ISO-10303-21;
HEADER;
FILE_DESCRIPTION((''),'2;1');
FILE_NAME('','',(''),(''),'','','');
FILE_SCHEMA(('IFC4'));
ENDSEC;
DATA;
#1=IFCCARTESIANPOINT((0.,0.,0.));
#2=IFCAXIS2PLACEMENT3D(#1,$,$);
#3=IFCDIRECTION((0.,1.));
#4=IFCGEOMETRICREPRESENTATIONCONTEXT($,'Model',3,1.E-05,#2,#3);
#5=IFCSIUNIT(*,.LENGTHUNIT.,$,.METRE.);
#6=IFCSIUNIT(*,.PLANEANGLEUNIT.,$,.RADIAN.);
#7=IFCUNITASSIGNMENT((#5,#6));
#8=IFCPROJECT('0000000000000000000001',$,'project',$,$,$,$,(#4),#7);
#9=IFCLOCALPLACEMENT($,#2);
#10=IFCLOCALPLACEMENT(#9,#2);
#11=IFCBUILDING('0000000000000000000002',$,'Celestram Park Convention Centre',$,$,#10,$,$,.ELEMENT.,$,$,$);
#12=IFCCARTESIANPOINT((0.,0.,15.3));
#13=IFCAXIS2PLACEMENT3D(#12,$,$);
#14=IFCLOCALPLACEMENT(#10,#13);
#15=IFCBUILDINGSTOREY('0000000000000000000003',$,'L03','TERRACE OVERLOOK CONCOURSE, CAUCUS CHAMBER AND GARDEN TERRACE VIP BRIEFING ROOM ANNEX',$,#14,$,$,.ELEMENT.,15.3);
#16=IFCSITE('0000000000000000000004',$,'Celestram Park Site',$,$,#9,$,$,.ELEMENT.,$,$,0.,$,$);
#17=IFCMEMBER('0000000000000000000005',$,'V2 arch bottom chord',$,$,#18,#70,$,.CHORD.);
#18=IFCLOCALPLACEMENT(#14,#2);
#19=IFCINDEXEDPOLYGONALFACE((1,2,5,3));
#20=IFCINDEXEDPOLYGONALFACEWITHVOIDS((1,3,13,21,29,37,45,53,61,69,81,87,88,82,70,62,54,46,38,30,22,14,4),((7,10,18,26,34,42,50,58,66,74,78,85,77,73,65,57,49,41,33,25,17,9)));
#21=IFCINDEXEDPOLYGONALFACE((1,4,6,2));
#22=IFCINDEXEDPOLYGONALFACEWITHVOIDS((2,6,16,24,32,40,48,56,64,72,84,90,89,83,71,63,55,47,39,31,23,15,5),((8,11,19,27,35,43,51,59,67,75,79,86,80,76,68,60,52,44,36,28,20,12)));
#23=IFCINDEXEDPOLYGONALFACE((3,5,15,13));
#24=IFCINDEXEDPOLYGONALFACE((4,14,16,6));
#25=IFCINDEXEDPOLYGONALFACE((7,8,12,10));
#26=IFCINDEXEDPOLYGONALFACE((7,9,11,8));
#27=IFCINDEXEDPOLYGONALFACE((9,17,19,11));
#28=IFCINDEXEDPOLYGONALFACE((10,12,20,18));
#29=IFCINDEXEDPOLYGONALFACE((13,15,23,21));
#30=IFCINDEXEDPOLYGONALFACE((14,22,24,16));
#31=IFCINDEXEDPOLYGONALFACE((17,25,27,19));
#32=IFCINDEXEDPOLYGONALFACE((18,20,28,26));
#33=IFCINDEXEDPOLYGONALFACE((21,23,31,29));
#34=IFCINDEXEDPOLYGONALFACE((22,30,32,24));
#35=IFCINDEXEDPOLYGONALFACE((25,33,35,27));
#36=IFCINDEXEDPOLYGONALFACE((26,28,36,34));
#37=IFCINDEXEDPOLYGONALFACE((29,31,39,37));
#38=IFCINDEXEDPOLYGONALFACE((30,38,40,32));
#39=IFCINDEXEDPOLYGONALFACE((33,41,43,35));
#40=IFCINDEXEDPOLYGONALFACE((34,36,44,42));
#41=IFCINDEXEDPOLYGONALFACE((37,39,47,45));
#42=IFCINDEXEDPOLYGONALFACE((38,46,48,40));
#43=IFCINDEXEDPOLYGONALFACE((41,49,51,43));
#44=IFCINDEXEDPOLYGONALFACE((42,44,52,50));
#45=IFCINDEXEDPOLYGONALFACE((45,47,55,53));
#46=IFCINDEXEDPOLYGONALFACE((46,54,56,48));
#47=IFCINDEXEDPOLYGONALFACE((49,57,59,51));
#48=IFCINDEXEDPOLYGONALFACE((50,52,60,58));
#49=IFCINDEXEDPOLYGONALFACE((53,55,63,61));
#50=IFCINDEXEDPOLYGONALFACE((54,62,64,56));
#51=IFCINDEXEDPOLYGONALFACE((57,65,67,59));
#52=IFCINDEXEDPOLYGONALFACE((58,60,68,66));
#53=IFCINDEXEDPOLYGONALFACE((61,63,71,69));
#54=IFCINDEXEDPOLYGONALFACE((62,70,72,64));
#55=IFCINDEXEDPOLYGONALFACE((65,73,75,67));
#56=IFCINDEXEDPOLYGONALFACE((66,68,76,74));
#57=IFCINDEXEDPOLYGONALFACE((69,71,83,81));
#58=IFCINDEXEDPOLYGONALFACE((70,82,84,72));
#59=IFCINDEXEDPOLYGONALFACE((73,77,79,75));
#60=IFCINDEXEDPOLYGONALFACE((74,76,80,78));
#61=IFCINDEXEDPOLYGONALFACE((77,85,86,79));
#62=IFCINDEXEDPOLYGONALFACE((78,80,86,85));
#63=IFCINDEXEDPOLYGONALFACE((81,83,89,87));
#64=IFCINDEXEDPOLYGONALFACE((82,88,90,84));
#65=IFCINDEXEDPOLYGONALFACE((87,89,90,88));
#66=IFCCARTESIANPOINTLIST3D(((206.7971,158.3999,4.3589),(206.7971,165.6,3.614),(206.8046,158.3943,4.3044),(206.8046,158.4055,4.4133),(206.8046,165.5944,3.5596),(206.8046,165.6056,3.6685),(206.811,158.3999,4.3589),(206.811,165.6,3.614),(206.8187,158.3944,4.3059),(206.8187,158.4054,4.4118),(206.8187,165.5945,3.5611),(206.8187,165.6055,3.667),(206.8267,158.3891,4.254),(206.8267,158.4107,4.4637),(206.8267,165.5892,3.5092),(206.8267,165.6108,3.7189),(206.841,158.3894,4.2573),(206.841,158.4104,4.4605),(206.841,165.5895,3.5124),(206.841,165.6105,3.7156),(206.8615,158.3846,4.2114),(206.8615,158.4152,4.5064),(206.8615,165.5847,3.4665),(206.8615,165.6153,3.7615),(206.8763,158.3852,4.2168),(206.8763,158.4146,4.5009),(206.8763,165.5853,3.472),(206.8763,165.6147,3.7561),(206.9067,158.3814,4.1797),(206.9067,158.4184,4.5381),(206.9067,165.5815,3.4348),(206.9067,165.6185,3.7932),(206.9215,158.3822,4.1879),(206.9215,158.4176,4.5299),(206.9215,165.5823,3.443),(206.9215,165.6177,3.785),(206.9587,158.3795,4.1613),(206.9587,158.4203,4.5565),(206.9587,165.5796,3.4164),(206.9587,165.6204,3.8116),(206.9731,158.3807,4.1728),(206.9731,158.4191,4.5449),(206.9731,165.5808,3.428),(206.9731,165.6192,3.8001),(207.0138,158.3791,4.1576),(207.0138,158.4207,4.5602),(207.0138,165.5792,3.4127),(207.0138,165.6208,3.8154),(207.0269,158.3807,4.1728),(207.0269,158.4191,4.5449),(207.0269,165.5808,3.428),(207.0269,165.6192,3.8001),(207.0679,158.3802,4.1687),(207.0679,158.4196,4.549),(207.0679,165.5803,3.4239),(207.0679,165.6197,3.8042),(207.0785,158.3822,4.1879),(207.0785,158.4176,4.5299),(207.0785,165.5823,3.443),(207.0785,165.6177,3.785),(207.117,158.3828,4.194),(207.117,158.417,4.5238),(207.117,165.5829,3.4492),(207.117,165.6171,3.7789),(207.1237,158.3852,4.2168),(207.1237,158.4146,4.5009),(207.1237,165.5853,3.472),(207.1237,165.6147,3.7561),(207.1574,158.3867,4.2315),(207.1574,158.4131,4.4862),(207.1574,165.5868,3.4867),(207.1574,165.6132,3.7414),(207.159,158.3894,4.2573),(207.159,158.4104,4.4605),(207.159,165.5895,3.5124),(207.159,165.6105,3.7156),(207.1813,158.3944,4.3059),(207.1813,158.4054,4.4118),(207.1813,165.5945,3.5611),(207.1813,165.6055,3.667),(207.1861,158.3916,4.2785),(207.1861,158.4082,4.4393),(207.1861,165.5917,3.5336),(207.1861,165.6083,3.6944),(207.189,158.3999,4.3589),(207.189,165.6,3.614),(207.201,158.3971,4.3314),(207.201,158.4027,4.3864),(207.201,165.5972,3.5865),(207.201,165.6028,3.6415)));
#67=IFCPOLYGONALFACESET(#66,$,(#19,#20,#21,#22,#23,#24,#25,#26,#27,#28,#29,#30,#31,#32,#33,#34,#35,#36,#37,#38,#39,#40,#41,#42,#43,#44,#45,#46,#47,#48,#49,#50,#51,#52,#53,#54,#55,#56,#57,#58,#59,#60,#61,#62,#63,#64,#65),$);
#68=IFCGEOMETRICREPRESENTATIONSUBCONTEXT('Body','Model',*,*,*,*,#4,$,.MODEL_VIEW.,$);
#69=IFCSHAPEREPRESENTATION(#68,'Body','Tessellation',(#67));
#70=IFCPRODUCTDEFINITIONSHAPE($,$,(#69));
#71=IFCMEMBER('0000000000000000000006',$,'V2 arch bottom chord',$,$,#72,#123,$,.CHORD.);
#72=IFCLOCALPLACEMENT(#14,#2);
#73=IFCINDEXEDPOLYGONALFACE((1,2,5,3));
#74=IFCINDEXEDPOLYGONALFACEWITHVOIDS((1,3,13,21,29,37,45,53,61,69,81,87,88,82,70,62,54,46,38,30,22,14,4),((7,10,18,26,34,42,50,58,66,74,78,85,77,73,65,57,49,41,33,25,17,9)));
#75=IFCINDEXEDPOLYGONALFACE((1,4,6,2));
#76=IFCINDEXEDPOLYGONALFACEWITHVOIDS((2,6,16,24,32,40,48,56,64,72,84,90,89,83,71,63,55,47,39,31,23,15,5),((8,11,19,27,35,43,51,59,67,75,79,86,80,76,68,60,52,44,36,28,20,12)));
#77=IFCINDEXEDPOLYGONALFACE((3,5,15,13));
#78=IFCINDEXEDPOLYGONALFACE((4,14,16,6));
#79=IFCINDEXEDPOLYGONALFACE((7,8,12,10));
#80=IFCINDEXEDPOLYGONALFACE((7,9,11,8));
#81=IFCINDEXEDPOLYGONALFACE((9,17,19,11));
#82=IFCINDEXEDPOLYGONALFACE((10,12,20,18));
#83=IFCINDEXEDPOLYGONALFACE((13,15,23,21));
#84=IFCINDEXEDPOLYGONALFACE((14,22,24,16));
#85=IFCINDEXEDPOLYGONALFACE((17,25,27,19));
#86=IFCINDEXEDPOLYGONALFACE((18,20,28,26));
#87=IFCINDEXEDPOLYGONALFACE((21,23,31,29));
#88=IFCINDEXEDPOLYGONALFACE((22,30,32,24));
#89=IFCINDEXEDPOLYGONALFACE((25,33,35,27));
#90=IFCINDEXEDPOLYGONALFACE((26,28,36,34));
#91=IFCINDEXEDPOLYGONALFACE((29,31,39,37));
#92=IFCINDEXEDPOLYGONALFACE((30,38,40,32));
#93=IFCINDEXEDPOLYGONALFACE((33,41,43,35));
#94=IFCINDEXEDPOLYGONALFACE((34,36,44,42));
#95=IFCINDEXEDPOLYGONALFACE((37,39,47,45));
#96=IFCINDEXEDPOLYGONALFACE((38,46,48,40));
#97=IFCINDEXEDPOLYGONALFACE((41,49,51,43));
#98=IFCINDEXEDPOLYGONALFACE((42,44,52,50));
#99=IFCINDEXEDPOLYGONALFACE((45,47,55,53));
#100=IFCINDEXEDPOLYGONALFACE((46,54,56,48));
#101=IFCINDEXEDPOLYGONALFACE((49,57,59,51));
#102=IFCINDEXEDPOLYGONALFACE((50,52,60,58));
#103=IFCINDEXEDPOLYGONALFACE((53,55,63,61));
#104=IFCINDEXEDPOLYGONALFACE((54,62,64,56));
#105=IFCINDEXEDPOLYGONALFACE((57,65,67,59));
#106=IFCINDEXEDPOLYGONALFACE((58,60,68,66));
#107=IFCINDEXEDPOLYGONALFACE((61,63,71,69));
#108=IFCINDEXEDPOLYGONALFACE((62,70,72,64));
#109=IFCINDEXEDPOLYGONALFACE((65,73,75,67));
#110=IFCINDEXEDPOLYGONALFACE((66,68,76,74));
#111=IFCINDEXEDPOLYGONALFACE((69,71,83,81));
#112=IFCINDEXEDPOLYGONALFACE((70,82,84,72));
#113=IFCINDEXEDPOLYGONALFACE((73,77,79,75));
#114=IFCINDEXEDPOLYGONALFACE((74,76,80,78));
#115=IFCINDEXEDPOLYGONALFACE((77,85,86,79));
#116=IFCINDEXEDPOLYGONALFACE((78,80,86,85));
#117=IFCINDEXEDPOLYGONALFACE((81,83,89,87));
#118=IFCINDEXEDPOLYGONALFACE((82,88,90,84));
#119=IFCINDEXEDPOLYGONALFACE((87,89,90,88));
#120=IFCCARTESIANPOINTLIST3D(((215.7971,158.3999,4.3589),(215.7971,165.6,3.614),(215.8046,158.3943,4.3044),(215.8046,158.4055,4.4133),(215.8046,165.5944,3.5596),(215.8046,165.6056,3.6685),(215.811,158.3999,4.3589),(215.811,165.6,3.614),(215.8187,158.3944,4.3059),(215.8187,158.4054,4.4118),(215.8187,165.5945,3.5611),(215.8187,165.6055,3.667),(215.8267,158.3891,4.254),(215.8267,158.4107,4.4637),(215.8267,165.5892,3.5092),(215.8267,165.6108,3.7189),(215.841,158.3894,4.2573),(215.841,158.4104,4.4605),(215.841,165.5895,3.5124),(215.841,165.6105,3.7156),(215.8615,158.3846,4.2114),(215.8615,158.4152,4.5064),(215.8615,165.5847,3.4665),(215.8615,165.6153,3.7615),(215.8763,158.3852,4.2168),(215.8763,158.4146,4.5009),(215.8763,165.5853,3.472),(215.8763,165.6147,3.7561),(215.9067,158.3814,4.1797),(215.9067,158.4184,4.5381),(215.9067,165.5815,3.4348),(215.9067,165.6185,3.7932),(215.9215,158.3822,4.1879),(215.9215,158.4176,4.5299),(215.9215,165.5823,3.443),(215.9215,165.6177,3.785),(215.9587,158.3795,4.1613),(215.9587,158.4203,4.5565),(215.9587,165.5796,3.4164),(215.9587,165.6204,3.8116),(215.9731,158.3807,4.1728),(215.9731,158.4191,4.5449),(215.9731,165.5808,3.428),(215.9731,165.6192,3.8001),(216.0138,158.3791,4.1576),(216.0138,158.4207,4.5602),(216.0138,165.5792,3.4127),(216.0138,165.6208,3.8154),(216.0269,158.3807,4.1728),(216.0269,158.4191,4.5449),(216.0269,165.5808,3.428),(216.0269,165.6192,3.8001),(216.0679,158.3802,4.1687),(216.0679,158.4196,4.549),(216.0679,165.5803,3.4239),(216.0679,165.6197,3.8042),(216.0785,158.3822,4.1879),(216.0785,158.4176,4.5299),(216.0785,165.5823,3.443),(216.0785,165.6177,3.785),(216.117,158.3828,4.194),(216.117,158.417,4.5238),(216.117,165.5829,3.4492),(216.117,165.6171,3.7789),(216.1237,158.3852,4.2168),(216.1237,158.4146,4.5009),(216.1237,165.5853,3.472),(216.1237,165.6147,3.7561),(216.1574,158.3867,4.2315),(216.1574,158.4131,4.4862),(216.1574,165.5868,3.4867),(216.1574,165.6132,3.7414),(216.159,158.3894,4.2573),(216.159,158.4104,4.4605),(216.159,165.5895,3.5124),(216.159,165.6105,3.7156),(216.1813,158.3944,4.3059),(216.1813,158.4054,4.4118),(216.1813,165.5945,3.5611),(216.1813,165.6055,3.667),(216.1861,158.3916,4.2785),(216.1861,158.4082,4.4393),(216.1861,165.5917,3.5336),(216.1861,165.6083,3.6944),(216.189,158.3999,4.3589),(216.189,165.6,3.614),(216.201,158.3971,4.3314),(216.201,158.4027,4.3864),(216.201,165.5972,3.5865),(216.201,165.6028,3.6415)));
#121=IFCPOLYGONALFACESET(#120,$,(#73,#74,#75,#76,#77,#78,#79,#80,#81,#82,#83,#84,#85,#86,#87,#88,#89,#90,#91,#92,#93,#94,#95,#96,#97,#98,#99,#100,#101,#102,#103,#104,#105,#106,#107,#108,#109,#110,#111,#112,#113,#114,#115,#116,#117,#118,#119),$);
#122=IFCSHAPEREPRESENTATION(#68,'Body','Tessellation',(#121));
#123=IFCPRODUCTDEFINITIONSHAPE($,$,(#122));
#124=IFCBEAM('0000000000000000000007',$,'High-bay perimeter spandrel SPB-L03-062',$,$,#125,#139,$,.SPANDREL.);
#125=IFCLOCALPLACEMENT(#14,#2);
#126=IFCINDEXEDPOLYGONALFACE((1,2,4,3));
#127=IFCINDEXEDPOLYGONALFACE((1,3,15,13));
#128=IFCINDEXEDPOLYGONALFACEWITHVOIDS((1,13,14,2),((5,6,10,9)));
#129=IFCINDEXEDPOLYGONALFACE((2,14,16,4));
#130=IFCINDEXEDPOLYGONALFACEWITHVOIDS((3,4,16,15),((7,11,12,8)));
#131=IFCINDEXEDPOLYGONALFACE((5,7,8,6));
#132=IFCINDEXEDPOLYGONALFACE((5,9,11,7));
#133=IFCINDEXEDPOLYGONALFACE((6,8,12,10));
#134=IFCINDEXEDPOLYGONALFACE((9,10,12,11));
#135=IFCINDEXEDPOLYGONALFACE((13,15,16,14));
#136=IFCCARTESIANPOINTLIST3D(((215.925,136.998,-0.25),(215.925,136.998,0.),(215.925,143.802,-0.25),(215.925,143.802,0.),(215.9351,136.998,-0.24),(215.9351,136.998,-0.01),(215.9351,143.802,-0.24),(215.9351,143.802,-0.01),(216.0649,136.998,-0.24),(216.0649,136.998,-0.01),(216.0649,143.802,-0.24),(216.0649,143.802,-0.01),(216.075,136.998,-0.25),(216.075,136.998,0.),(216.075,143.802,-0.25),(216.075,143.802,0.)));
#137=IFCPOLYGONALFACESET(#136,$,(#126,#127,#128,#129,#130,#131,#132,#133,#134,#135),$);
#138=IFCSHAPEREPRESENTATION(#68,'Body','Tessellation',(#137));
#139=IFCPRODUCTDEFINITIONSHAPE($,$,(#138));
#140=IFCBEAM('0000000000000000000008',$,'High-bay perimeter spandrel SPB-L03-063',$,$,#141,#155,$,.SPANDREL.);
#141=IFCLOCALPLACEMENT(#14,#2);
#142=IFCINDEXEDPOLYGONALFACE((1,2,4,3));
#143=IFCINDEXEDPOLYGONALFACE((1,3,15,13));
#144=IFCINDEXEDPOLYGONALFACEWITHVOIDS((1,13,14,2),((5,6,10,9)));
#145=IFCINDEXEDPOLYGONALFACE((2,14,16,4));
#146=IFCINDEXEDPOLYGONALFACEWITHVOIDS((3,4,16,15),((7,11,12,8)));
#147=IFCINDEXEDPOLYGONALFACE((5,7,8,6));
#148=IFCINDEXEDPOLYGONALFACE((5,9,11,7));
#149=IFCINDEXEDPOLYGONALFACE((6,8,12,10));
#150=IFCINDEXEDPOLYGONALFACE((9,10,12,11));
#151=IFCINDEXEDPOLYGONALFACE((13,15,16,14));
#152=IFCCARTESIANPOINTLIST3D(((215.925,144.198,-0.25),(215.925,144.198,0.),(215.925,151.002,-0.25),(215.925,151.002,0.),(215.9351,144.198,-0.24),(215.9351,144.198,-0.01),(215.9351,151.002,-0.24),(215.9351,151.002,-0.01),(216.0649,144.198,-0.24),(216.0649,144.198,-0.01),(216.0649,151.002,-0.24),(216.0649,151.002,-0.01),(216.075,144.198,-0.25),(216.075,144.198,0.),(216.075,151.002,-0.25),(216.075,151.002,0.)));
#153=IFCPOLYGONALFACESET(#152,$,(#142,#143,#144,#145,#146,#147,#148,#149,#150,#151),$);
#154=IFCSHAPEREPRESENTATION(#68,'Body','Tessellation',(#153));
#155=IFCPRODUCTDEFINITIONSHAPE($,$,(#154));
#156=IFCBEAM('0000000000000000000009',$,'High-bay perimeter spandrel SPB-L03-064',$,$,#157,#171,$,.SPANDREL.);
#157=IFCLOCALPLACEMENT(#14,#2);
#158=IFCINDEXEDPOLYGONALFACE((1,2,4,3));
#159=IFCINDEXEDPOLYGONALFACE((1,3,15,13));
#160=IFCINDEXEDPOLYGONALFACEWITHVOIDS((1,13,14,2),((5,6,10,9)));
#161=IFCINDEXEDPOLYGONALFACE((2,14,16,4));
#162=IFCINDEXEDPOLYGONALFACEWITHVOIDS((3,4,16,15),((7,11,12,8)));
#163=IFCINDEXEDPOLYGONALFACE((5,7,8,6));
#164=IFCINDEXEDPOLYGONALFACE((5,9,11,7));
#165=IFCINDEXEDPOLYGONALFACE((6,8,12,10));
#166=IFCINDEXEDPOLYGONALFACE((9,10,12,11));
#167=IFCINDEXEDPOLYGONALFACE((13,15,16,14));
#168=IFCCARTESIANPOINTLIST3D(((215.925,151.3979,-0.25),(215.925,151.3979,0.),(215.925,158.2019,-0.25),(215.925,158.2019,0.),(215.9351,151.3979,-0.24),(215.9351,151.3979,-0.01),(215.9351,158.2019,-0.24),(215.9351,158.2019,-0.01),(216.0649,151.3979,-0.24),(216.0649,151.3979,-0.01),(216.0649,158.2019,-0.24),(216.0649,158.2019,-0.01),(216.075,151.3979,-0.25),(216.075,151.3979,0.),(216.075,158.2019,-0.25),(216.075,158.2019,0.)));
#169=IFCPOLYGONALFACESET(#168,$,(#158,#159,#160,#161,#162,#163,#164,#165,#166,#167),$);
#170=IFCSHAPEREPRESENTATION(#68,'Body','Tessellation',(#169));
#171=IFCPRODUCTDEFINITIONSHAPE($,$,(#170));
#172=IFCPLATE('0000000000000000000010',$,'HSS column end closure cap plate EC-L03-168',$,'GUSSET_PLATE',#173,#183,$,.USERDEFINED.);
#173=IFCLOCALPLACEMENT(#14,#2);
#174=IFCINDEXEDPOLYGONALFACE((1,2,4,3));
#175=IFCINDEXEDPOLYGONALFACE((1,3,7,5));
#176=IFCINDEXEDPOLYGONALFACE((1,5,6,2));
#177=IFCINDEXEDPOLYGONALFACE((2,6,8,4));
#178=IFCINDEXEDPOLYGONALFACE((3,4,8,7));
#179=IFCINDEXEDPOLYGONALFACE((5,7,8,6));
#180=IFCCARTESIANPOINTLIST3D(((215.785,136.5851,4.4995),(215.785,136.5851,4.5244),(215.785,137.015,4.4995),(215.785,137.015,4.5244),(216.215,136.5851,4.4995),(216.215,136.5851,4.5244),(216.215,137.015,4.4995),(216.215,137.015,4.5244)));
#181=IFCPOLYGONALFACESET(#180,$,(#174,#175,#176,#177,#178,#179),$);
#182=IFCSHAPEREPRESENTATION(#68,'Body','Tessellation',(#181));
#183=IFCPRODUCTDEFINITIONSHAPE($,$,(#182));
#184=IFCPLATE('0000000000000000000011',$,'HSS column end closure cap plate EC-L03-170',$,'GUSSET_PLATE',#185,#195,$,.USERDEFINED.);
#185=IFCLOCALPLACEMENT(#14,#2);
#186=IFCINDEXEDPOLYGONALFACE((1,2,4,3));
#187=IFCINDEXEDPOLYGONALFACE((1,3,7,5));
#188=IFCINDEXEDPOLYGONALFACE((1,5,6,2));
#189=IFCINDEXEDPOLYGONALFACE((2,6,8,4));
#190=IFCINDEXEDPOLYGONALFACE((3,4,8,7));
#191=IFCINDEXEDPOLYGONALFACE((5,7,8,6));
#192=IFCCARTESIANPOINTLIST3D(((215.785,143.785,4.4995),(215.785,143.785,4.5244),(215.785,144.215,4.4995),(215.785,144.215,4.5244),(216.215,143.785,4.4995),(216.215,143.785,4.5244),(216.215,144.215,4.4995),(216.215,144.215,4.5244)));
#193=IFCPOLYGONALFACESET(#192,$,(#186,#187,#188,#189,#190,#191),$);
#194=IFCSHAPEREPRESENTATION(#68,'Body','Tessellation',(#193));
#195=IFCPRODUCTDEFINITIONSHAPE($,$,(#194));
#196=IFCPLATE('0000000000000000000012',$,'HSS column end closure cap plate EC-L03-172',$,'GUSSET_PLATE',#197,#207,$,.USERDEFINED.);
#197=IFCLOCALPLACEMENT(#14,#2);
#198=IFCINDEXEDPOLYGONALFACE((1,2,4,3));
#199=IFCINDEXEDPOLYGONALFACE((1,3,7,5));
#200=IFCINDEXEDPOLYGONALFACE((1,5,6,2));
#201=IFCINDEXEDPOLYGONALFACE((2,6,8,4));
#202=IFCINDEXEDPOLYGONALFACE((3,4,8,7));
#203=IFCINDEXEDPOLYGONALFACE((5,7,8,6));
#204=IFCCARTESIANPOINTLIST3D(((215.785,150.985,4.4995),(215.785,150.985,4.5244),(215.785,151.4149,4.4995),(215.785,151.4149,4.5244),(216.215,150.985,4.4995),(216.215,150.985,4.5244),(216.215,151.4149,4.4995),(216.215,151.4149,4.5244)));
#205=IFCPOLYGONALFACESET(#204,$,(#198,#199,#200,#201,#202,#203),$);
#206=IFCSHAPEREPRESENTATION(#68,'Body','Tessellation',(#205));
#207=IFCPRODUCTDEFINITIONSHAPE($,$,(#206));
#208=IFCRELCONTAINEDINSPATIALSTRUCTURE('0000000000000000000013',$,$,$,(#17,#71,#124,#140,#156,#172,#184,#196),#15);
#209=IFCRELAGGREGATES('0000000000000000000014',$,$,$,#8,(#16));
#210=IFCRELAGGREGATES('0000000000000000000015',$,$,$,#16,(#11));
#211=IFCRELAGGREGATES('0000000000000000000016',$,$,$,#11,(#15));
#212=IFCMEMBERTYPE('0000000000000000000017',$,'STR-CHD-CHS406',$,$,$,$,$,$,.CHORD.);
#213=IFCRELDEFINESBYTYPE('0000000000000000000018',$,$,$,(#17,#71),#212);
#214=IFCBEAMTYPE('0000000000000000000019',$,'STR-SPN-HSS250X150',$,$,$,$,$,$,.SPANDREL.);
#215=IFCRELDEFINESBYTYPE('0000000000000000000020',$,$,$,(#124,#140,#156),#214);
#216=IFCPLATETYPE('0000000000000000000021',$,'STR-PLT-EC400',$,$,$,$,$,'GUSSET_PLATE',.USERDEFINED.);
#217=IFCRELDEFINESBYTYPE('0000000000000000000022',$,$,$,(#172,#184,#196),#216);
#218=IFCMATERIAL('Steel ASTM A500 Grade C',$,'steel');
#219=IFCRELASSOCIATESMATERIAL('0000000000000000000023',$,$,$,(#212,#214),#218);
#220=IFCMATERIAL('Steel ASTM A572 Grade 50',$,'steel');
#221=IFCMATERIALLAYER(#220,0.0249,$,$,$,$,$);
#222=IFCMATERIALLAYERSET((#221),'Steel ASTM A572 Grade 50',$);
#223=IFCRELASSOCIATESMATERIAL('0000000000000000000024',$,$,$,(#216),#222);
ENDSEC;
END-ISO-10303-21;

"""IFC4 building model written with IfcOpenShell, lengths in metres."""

from ifc_helpers import new_model, si_unit, direction, frame, origin, origin_2d, place, context, subcontext, project, spatial, rectangle, hollow_rectangle, hollow_circle, extrude, material, layer, layer_set, material_profile, profile_set, type_object, element, save


model = new_model("IFC4")

# Units and contexts
model_context = context("Model", 3, precision=1e-05, world=origin(), true_north=direction((0.0, 1.0)))
body_context = subcontext(model_context, "Body", "Model", "MODEL_VIEW")
ifc_project = project(units=[si_unit("LENGTHUNIT", "METRE"), si_unit("PLANEANGLEUNIT", "RADIAN")], contexts=[model_context])

# Site, building, storey
site_placement = place(None, origin())
site = spatial("IfcSite", under=ifc_project, at=site_placement, Name="Celestram Park Site", CompositionType="ELEMENT", RefElevation=0.0)
building_placement = place(site_placement, origin())
building = spatial("IfcBuilding", under=site, at=building_placement, Name="Celestram Park Convention Centre", CompositionType="ELEMENT")
storey_placement = place(building_placement, frame((0.0, 0.0, 15.3)))
storey = spatial("IfcBuildingStorey", under=building, at=storey_placement, Name="L03", Description="TERRACE OVERLOOK CONCOURSE, CAUCUS CHAMBER AND GARDEN TERRACE VIP BRIEFING ROOM ANNEX", CompositionType="ELEMENT", Elevation=15.3)

# Shared definitions
ifc_material_1 = material(Name="Steel ASTM A500 Grade C", Category="steel")

# Members
ifc_material_profile_1 = material_profile(ifc_material_1, hollow_circle(Radius=0.2029, WallThickness=0.0139, at=origin_2d()), Name="CHS406X14")
ifc_profile_set_1 = profile_set([ifc_material_profile_1], Name="Steel ASTM A500 Grade C")
member_type = type_object("IfcMemberType", Name="STR-CHD-CHS406", PredefinedType="CHORD", material=ifc_profile_set_1)
for number, where, z_axis, x_axis, name in (
    (1, (207.0, 158.3999, 4.3589), (0.0, 0.994691, -0.102903), (-1.0, 0.0, 0.0), "V2 arch bottom chord"),
    (2, (216.0, 158.3999, 4.3589), (0.0, 0.994691, -0.102903), (-1.0, 0.0, 0.0), "V2 arch bottom chord"),
):
    element("IfcMember", number, at=place(storey_placement, frame(where, z_axis=z_axis, x_axis=x_axis)), inside=storey, type_object=member_type, Name=name, PredefinedType="CHORD", context=body_context, shape_type="SweptSolid", body=[
        extrude(hollow_circle(Radius=0.2029, WallThickness=0.0139, at=origin_2d()), origin(), (0.0, 0.0, 1.0), 7.2385),
    ])

# Beams
ifc_material_profile_2 = material_profile(ifc_material_1, hollow_rectangle(XDim=0.1499, YDim=0.25, WallThickness=0.01, at=origin_2d()), Name="HSS250X150X10")
ifc_profile_set_2 = profile_set([ifc_material_profile_2], Name="Steel ASTM A500 Grade C")
beam_type_1 = type_object("IfcBeamType", Name="STR-SPN-HSS250X150", PredefinedType="SPANDREL", material=ifc_profile_set_2)
for number, where, z_axis, x_axis, name in (
    (3, (216.0, 136.998, -0.125), (0.0, 1.0, 0.0), (-1.0, 0.0, 0.0), "High-bay perimeter spandrel SPB-L03-062"),
    (4, (216.0, 144.198, -0.125), (0.0, 1.0, 0.0), (-1.0, 0.0, 0.0), "High-bay perimeter spandrel SPB-L03-063"),
    (5, (216.0, 151.3979, -0.125), (0.0, 1.0, 0.0), (-1.0, 0.0, 0.0), "High-bay perimeter spandrel SPB-L03-064"),
):
    element("IfcBeam", number, at=place(storey_placement, frame(where, z_axis=z_axis, x_axis=x_axis)), inside=storey, type_object=beam_type_1, Name=name, PredefinedType="SPANDREL", context=body_context, shape_type="SweptSolid", body=[
        extrude(hollow_rectangle(XDim=0.1499, YDim=0.25, WallThickness=0.01, at=origin_2d()), origin(), (0.0, 0.0, 1.0), 6.804),
    ])

# Plates
ifc_material_2 = material(Name="Steel ASTM A572 Grade 50", Category="steel")
ifc_layer_1 = layer(ifc_material_2, 0.0249)
ifc_layer_set_1 = layer_set([ifc_layer_1], Name="Steel ASTM A572 Grade 50")
plate_type_1 = type_object("IfcPlateType", Name="STR-PLT-EC400", ElementType="GUSSET_PLATE", PredefinedType="USERDEFINED", material=ifc_layer_set_1)
for number, where, z_axis, x_axis, name in (
    (6, (216.0, 136.8, 4.4995), (0.0, 0.0, 1.0), (1.0, 0.0, 0.0), "HSS column end closure cap plate EC-L03-168"),
    (7, (216.0, 144.0, 4.4995), (0.0, 0.0, 1.0), (1.0, 0.0, 0.0), "HSS column end closure cap plate EC-L03-170"),
    (8, (216.0, 151.2, 4.4995), (0.0, 0.0, 1.0), (1.0, 0.0, 0.0), "HSS column end closure cap plate EC-L03-172"),
):
    element("IfcPlate", number, at=place(storey_placement, frame(where, z_axis=z_axis, x_axis=x_axis)), inside=storey, type_object=plate_type_1, Name=name, ObjectType="GUSSET_PLATE", PredefinedType="USERDEFINED", context=body_context, shape_type="SweptSolid", body=[
        extrude(rectangle(XDim=0.4299, YDim=0.4299, at=origin_2d()), origin(), (0.0, 0.0, 1.0), 0.0249),
    ])

save(model, "model.ifc")
